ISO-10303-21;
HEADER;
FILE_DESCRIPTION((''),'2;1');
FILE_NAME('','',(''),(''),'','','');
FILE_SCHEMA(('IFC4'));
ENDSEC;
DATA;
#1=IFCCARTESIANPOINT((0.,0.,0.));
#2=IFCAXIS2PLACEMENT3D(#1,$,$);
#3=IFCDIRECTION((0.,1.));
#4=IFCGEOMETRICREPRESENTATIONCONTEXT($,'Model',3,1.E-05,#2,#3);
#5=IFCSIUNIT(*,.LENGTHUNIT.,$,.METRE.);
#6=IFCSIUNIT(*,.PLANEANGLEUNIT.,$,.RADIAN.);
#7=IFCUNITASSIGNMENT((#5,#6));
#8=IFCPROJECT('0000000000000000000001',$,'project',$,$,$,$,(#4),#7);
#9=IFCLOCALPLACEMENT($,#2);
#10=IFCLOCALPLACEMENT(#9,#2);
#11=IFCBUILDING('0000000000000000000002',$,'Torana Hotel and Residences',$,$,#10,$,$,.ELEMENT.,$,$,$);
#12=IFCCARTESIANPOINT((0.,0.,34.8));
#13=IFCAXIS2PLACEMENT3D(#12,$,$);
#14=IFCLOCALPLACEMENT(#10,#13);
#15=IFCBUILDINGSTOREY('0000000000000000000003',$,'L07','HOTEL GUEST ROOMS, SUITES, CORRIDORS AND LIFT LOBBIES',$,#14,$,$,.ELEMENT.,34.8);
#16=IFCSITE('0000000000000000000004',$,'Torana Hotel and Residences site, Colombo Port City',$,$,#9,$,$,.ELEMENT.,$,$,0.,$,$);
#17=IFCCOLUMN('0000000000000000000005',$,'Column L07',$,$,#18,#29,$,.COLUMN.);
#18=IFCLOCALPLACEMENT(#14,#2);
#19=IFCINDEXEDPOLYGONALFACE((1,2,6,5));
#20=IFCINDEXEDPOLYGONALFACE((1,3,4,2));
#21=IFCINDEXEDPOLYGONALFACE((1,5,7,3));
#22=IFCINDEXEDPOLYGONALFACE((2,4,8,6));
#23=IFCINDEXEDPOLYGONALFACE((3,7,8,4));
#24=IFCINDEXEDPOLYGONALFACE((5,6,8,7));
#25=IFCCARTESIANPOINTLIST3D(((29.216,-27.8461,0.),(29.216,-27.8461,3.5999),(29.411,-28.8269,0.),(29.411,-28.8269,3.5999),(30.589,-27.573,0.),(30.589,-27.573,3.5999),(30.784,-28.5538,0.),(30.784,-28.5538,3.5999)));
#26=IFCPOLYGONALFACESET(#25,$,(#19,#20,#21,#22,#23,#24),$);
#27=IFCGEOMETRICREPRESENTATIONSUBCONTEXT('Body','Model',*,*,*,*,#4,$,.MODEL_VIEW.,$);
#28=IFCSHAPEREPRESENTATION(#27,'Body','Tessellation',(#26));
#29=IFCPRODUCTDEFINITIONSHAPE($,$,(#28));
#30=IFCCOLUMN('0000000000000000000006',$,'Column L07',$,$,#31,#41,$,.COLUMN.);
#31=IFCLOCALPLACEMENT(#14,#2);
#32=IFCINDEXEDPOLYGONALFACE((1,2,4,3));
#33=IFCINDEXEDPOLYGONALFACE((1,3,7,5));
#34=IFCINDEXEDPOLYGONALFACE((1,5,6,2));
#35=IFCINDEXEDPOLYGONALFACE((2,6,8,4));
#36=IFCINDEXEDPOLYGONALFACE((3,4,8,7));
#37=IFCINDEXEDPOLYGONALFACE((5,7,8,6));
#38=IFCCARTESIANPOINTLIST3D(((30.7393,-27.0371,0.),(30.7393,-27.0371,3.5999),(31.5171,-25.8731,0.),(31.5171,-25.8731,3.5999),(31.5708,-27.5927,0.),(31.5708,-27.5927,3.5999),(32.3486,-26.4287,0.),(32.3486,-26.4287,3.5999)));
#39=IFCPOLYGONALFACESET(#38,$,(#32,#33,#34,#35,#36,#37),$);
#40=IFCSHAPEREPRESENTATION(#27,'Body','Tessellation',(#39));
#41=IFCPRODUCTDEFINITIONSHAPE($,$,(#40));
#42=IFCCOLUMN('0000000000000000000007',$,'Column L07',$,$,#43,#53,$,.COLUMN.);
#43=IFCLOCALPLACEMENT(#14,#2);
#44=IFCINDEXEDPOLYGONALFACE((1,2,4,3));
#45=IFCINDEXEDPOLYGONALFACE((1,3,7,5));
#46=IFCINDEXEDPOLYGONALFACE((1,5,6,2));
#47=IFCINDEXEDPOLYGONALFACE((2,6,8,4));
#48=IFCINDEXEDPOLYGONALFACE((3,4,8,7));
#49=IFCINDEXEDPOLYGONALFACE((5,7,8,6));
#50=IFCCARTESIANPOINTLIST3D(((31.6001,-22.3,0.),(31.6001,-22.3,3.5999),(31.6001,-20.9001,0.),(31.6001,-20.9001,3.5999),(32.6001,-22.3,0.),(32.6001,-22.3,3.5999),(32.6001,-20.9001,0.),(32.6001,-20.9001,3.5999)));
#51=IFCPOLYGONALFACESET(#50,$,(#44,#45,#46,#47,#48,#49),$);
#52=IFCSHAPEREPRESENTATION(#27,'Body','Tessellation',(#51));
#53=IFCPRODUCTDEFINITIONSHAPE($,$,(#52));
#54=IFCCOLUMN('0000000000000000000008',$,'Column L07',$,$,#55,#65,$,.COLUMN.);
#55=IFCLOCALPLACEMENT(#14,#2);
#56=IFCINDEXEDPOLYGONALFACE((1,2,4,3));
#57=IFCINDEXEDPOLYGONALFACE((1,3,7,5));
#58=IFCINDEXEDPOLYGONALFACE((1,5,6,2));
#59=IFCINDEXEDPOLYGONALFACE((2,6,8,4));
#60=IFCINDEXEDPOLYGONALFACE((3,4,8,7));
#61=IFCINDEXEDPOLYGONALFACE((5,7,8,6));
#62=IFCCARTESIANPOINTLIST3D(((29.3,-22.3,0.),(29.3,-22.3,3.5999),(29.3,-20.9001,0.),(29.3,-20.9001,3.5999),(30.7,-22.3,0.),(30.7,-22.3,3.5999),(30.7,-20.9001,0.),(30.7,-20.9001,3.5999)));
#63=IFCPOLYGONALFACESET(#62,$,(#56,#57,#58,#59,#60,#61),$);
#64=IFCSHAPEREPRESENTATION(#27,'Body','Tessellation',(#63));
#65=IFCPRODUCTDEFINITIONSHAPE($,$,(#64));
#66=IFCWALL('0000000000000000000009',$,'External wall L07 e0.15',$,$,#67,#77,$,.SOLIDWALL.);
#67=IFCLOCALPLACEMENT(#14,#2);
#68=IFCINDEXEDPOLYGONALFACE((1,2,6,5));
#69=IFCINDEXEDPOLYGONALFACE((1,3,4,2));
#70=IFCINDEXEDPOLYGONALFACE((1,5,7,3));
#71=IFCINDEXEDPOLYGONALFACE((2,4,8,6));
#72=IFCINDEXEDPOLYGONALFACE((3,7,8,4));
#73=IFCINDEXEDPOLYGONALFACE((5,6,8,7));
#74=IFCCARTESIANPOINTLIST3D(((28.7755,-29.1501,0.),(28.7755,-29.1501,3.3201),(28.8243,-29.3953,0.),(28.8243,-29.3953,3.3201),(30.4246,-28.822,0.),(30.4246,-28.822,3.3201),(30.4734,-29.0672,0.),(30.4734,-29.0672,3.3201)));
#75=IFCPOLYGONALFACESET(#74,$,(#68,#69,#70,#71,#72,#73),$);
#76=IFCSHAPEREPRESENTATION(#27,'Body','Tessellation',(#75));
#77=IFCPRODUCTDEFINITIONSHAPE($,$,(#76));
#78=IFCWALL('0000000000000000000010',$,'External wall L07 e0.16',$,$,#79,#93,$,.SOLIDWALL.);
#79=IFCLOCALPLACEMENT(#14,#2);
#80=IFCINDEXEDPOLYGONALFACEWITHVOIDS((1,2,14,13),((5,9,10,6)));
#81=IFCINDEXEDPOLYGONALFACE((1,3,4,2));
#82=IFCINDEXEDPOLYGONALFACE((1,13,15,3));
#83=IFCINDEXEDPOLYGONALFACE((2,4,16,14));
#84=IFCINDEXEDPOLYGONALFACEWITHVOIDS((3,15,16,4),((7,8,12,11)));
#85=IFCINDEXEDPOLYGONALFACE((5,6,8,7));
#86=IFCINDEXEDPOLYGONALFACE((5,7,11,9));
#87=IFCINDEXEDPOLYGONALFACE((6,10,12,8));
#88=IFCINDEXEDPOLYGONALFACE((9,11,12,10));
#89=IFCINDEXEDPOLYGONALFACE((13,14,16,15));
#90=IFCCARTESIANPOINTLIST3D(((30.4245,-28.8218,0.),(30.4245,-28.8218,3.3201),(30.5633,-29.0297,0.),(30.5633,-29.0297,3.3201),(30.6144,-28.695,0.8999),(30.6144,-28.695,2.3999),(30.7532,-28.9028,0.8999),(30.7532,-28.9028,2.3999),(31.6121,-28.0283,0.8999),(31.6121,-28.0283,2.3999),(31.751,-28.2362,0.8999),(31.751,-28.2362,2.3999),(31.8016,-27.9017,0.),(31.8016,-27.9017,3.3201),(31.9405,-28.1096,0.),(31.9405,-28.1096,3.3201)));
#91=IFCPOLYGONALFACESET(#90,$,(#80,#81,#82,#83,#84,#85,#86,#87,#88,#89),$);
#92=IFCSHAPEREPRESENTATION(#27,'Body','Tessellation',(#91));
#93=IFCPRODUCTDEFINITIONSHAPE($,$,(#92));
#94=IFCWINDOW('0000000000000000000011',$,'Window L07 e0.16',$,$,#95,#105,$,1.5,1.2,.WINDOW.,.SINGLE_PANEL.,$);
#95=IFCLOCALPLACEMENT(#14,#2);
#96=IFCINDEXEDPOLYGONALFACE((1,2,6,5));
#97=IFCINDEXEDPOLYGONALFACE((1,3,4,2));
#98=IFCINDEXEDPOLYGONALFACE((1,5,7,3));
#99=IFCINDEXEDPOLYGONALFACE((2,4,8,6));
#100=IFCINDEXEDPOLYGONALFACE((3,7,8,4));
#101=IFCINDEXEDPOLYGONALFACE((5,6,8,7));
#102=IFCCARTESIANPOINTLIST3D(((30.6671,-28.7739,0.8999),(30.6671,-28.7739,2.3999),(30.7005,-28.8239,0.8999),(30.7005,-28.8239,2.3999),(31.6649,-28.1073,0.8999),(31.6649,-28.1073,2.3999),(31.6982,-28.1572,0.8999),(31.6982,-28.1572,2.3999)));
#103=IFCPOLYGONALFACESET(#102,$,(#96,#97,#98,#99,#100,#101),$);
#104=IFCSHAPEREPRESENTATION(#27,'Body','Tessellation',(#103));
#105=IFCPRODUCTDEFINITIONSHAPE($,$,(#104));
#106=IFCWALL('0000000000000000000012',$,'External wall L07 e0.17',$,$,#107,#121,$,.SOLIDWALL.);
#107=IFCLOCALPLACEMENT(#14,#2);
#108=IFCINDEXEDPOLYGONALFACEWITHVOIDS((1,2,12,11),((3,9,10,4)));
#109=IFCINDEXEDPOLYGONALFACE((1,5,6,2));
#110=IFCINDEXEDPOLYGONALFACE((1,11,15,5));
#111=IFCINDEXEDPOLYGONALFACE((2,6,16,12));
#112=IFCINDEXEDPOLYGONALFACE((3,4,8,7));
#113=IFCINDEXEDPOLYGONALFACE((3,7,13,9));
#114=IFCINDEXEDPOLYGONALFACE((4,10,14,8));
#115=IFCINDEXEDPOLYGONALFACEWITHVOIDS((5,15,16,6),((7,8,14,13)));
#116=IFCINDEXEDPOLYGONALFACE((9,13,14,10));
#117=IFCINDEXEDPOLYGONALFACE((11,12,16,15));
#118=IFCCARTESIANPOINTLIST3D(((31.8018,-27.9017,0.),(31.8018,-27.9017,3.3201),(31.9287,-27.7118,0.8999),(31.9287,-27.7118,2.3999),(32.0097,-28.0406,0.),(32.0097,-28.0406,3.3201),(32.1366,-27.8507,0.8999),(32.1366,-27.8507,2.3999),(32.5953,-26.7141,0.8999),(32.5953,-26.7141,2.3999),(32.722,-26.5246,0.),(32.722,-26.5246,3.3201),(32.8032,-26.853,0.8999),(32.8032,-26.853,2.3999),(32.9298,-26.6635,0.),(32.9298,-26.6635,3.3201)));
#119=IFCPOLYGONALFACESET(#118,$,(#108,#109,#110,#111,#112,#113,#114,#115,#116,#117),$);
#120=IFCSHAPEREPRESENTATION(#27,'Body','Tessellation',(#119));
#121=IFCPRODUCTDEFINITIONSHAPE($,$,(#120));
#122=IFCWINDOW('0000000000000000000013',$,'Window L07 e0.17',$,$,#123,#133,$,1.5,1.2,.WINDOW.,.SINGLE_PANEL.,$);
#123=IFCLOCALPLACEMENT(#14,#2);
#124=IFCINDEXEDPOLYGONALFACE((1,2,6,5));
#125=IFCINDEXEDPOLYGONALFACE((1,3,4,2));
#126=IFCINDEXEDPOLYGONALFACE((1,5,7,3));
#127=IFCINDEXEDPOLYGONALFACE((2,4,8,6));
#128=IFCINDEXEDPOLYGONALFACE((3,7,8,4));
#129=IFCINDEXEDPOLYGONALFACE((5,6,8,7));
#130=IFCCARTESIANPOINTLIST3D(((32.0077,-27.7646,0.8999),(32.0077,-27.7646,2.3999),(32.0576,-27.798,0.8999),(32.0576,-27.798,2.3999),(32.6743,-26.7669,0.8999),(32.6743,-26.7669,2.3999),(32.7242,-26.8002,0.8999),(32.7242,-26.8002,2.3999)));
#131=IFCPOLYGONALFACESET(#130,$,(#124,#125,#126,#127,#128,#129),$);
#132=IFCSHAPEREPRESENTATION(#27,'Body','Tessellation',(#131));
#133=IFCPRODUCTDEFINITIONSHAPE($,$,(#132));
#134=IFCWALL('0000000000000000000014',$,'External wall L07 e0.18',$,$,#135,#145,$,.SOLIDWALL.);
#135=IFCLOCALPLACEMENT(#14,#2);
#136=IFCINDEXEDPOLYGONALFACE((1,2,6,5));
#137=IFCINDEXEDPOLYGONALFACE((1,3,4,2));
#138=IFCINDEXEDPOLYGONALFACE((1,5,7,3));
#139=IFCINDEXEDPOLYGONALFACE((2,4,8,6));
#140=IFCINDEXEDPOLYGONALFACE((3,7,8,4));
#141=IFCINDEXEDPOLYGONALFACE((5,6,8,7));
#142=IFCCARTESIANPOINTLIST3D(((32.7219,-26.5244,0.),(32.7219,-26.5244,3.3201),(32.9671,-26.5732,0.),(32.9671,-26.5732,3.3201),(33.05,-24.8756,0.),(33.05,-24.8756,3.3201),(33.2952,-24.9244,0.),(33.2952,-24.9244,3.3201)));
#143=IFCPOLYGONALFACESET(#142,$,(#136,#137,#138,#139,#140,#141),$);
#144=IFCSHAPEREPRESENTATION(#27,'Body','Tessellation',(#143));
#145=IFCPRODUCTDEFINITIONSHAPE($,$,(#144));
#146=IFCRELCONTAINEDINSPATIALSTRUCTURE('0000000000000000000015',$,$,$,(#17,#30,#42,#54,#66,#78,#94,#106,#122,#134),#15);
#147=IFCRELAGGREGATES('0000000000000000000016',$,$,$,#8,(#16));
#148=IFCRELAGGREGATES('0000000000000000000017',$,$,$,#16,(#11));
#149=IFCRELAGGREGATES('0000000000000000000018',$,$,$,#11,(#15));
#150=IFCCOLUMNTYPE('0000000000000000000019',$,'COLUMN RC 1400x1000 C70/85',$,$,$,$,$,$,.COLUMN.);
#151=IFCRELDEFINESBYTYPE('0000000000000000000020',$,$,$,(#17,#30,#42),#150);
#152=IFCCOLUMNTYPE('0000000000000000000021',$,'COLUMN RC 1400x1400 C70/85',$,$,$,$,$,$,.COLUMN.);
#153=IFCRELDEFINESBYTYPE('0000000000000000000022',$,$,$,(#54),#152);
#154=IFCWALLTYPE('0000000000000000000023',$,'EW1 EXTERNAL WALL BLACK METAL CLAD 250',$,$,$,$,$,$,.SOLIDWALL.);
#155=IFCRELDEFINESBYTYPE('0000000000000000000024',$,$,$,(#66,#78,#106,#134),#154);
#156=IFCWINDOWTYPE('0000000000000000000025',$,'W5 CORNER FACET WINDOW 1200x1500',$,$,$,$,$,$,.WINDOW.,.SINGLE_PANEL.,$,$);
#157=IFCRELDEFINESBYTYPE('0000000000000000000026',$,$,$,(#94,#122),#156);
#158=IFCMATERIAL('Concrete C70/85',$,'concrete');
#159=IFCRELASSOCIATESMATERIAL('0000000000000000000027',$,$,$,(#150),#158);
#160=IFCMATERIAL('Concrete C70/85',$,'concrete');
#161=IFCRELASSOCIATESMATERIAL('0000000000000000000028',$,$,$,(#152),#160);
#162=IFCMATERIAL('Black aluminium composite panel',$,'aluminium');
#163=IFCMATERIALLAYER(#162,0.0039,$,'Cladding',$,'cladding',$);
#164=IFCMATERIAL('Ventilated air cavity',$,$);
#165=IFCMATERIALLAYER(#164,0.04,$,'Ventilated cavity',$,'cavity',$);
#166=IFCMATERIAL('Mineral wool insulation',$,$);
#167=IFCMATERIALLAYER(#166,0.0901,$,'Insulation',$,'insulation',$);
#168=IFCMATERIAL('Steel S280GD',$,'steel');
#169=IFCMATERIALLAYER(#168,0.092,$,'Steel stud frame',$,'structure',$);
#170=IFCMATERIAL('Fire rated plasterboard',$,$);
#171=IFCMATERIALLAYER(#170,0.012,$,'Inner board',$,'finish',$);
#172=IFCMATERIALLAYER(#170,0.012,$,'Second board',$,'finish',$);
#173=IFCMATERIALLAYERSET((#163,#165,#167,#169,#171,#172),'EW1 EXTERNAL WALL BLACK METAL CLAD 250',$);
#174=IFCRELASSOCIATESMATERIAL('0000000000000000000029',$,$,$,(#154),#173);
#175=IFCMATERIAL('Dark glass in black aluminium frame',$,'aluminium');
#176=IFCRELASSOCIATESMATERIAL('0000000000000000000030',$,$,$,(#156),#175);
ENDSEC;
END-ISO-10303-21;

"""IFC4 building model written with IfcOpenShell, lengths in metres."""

from ifc_helpers import new_model, si_unit, direction, frame, frame_2d, origin, origin_2d, place, context, subcontext, project, spatial, rectangle, extrude, material, layer, layer_set, material_profile, profile_set, type_object, element, fill, save


model = new_model("IFC4")

# Units and contexts
model_context = context("Model", 3, precision=1e-05, world=origin(), true_north=direction((0.0, 1.0)))
body_context = subcontext(model_context, "Body", "Model", "MODEL_VIEW")
ifc_project = project(units=[si_unit("LENGTHUNIT", "METRE"), si_unit("PLANEANGLEUNIT", "RADIAN")], contexts=[model_context])

# Site, building, storey
site_placement = place(None, origin())
site = spatial("IfcSite", under=ifc_project, at=site_placement, Name="Torana Hotel and Residences site, Colombo Port City", CompositionType="ELEMENT", RefElevation=0.0)
building_placement = place(site_placement, origin())
building = spatial("IfcBuilding", under=site, at=building_placement, Name="Torana Hotel and Residences", CompositionType="ELEMENT")
storey_placement = place(building_placement, frame((0.0, 0.0, 34.8)))
storey = spatial("IfcBuildingStorey", under=building, at=storey_placement, Name="L07", Description="HOTEL GUEST ROOMS, SUITES, CORRIDORS AND LIFT LOBBIES", CompositionType="ELEMENT", Elevation=34.8)

# Columns
ifc_material_1 = material(Name="Concrete C70/85", Category="concrete")
ifc_material_profile_1 = material_profile(ifc_material_1, rectangle(XDim=1.3999, YDim=1.0, at=origin_2d()), Name="RC 1400x1000")
ifc_profile_set_1 = profile_set([ifc_material_profile_1], Name="Concrete C70/85")
column_type_1 = type_object("IfcColumnType", Name="COLUMN RC 1400x1000 C70/85", PredefinedType="COLUMN", material=ifc_profile_set_1)
for number, where, z_axis, x_axis, name in (
    (1, (30.0, -28.2, 0.0), (0.0, 0.0, 1.0), (0.980792, 0.195056, 0.0), "Column L07"),
    (2, (31.5439, -26.7329, 0.0), (0.0, 0.0, 1.0), (0.555585, 0.83146, 0.0), "Column L07"),
    (3, (32.1001, -21.6001, 0.0), (0.0, 0.0, 1.0), (0.0, 1.0, 0.0), "Column L07"),
):
    element("IfcColumn", number, at=place(storey_placement, frame(where, z_axis=z_axis, x_axis=x_axis)), inside=storey, type_object=column_type_1, Name=name, PredefinedType="COLUMN", context=body_context, shape_type="SweptSolid", body=[
        extrude(rectangle(XDim=1.3999, YDim=1.0, at=origin_2d()), origin(), (0.0, 0.0, 1.0), 3.5999),
    ])
ifc_material_2 = material(Name="Concrete C70/85", Category="concrete")
ifc_material_profile_2 = material_profile(ifc_material_2, rectangle(XDim=1.3999, YDim=1.3999, at=origin_2d()), Name="RC 1400x1400")
ifc_profile_set_2 = profile_set([ifc_material_profile_2], Name="Concrete C70/85")
column_type_2 = type_object("IfcColumnType", Name="COLUMN RC 1400x1400 C70/85", PredefinedType="COLUMN", material=ifc_profile_set_2)
column_placement = place(storey_placement, frame((30.0, -21.6001, 0.0), z_axis=(0.0, 0.0, 1.0), x_axis=(1.0, 0.0, 0.0)))
element("IfcColumn", 4, at=column_placement, inside=storey, type_object=column_type_2, Name="Column L07", PredefinedType="COLUMN", context=body_context, shape_type="SweptSolid", body=[
    extrude(rectangle(XDim=1.3999, YDim=1.3999, at=origin_2d()), origin(), (0.0, 0.0, 1.0), 3.5999),
])

# Wall
ifc_material_3 = material(Name="Black aluminium composite panel", Category="aluminium")
ifc_layer_1 = layer(ifc_material_3, 0.0039, Name="Cladding", Category="cladding")
ifc_material_4 = material(Name="Ventilated air cavity")
ifc_layer_2 = layer(ifc_material_4, 0.04, Name="Ventilated cavity", Category="cavity")
ifc_material_5 = material(Name="Mineral wool insulation")
ifc_layer_3 = layer(ifc_material_5, 0.0901, Name="Insulation", Category="insulation")
ifc_material_6 = material(Name="Steel S280GD", Category="steel")
ifc_layer_4 = layer(ifc_material_6, 0.092, Name="Steel stud frame", Category="structure")
ifc_material_7 = material(Name="Fire rated plasterboard")
ifc_layer_5 = layer(ifc_material_7, 0.012, Name="Inner board", Category="finish")
ifc_layer_6 = layer(ifc_material_7, 0.012, Name="Second board", Category="finish")
ifc_layer_set_1 = layer_set([ifc_layer_1, ifc_layer_2, ifc_layer_3, ifc_layer_4, ifc_layer_5, ifc_layer_6], Name="EW1 EXTERNAL WALL BLACK METAL CLAD 250")
wall_type_1 = type_object("IfcWallType", Name="EW1 EXTERNAL WALL BLACK METAL CLAD 250", PredefinedType="SOLIDWALL", material=ifc_layer_set_1)
wall_1_placement = place(storey_placement, frame((28.7998, -29.2727, 0.0), z_axis=(0.0, 0.0, 1.0), x_axis=(0.980776, 0.195139, 0.0)))
element("IfcWall", 5, at=wall_1_placement, inside=storey, type_object=wall_type_1, Name="External wall L07 e0.15", PredefinedType="SOLIDWALL", context=body_context, shape_type="SweptSolid", body=[
    extrude(rectangle(XDim=1.6814, YDim=0.25, at=frame_2d((0.8408, 0.0))), origin(), (0.0, 0.0, 1.0), 3.3201),
])

# Walls, openings, windows
wall_2_placement = place(storey_placement, frame((30.4939, -28.9258, 0.0), z_axis=(0.0, 0.0, 1.0), x_axis=(0.831483, 0.55555, 0.0)))
wall_2 = element("IfcWall", 6, at=wall_2_placement, inside=storey, type_object=wall_type_1, Name="External wall L07 e0.16", PredefinedType="SOLIDWALL", context=body_context, shape_type="SweptSolid", body=[
    extrude(rectangle(XDim=1.6562, YDim=0.25, at=frame_2d((0.8281, 0.0))), origin(), (0.0, 0.0, 1.0), 3.3201),
])
opening_1_placement = place(wall_2_placement, frame((0.2283, 0.0, 0.8999)))
opening_1 = element("IfcOpeningElement", 7, at=opening_1_placement, cuts=wall_2, PredefinedType="OPENING", context=body_context, shape_type="SweptSolid", body=[
    extrude(rectangle(XDim=1.2, YDim=1.5, at=frame_2d((0.6001, 0.75))), frame((0.0, 0.135, 0.0), z_axis=(0.0, -1.0, 0.0), x_axis=(1.0, 0.0, 0.0)), (0.0, 0.0, 1.0), 0.27),
])
ifc_material_8 = material(Name="Dark glass in black aluminium frame", Category="aluminium")
window_type_1 = type_object("IfcWindowType", Name="W5 CORNER FACET WINDOW 1200x1500", PartitioningType="SINGLE_PANEL", PredefinedType="WINDOW", material=ifc_material_8)
window_1_placement = place(opening_1_placement, origin())
window_1 = element("IfcWindow", 8, at=window_1_placement, inside=storey, type_object=window_type_1, Name="Window L07 e0.16", OverallHeight=1.5, OverallWidth=1.2, PartitioningType="SINGLE_PANEL", PredefinedType="WINDOW", context=body_context, shape_type="SweptSolid", body=[
    extrude(rectangle(XDim=1.2, YDim=1.5, at=frame_2d((0.6001, 0.75))), frame((0.0, 0.03, 0.0), z_axis=(0.0, -1.0, 0.0), x_axis=(1.0, 0.0, 0.0)), (0.0, 0.0, 1.0), 0.0601),
])
fill(opening_1, window_1)
wall_3_placement = place(storey_placement, frame((31.9058, -27.9712, 0.0), z_axis=(0.0, 0.0, 1.0), x_axis=(0.55555, 0.831483, 0.0)))
wall_3 = element("IfcWall", 9, at=wall_3_placement, inside=storey, type_object=wall_type_1, Name="External wall L07 e0.17", PredefinedType="SOLIDWALL", context=body_context, shape_type="SweptSolid", body=[
    extrude(rectangle(XDim=1.6562, YDim=0.25, at=frame_2d((0.8281, 0.0))), origin(), (0.0, 0.0, 1.0), 3.3201),
])
opening_2_placement = place(wall_3_placement, frame((0.2283, 0.0, 0.8999)))
opening_2 = element("IfcOpeningElement", 10, at=opening_2_placement, cuts=wall_3, PredefinedType="OPENING", context=body_context, shape_type="SweptSolid", body=[
    extrude(rectangle(XDim=1.2, YDim=1.5, at=frame_2d((0.6001, 0.75))), frame((0.0, 0.135, 0.0), z_axis=(0.0, -1.0, 0.0), x_axis=(1.0, 0.0, 0.0)), (0.0, 0.0, 1.0), 0.27),
])
window_2_placement = place(opening_2_placement, origin())
window_2 = element("IfcWindow", 11, at=window_2_placement, inside=storey, type_object=window_type_1, Name="Window L07 e0.17", OverallHeight=1.5, OverallWidth=1.2, PartitioningType="SINGLE_PANEL", PredefinedType="WINDOW", context=body_context, shape_type="SweptSolid", body=[
    extrude(rectangle(XDim=1.2, YDim=1.5, at=frame_2d((0.6001, 0.75))), frame((0.0, 0.03, 0.0), z_axis=(0.0, -1.0, 0.0), x_axis=(1.0, 0.0, 0.0)), (0.0, 0.0, 1.0), 0.0601),
])
fill(opening_2, window_2)

# Wall
wall_4_placement = place(storey_placement, frame((32.8445, -26.5488, 0.0), z_axis=(0.0, 0.0, 1.0), x_axis=(0.195167, 0.98077, 0.0)))
element("IfcWall", 12, at=wall_4_placement, inside=storey, type_object=wall_type_1, Name="External wall L07 e0.18", PredefinedType="SOLIDWALL", context=body_context, shape_type="SweptSolid", body=[
    extrude(rectangle(XDim=1.6812, YDim=0.25, at=frame_2d((0.8406, 0.0))), origin(), (0.0, 0.0, 1.0), 3.3201),
])

save(model, "model.ifc")
